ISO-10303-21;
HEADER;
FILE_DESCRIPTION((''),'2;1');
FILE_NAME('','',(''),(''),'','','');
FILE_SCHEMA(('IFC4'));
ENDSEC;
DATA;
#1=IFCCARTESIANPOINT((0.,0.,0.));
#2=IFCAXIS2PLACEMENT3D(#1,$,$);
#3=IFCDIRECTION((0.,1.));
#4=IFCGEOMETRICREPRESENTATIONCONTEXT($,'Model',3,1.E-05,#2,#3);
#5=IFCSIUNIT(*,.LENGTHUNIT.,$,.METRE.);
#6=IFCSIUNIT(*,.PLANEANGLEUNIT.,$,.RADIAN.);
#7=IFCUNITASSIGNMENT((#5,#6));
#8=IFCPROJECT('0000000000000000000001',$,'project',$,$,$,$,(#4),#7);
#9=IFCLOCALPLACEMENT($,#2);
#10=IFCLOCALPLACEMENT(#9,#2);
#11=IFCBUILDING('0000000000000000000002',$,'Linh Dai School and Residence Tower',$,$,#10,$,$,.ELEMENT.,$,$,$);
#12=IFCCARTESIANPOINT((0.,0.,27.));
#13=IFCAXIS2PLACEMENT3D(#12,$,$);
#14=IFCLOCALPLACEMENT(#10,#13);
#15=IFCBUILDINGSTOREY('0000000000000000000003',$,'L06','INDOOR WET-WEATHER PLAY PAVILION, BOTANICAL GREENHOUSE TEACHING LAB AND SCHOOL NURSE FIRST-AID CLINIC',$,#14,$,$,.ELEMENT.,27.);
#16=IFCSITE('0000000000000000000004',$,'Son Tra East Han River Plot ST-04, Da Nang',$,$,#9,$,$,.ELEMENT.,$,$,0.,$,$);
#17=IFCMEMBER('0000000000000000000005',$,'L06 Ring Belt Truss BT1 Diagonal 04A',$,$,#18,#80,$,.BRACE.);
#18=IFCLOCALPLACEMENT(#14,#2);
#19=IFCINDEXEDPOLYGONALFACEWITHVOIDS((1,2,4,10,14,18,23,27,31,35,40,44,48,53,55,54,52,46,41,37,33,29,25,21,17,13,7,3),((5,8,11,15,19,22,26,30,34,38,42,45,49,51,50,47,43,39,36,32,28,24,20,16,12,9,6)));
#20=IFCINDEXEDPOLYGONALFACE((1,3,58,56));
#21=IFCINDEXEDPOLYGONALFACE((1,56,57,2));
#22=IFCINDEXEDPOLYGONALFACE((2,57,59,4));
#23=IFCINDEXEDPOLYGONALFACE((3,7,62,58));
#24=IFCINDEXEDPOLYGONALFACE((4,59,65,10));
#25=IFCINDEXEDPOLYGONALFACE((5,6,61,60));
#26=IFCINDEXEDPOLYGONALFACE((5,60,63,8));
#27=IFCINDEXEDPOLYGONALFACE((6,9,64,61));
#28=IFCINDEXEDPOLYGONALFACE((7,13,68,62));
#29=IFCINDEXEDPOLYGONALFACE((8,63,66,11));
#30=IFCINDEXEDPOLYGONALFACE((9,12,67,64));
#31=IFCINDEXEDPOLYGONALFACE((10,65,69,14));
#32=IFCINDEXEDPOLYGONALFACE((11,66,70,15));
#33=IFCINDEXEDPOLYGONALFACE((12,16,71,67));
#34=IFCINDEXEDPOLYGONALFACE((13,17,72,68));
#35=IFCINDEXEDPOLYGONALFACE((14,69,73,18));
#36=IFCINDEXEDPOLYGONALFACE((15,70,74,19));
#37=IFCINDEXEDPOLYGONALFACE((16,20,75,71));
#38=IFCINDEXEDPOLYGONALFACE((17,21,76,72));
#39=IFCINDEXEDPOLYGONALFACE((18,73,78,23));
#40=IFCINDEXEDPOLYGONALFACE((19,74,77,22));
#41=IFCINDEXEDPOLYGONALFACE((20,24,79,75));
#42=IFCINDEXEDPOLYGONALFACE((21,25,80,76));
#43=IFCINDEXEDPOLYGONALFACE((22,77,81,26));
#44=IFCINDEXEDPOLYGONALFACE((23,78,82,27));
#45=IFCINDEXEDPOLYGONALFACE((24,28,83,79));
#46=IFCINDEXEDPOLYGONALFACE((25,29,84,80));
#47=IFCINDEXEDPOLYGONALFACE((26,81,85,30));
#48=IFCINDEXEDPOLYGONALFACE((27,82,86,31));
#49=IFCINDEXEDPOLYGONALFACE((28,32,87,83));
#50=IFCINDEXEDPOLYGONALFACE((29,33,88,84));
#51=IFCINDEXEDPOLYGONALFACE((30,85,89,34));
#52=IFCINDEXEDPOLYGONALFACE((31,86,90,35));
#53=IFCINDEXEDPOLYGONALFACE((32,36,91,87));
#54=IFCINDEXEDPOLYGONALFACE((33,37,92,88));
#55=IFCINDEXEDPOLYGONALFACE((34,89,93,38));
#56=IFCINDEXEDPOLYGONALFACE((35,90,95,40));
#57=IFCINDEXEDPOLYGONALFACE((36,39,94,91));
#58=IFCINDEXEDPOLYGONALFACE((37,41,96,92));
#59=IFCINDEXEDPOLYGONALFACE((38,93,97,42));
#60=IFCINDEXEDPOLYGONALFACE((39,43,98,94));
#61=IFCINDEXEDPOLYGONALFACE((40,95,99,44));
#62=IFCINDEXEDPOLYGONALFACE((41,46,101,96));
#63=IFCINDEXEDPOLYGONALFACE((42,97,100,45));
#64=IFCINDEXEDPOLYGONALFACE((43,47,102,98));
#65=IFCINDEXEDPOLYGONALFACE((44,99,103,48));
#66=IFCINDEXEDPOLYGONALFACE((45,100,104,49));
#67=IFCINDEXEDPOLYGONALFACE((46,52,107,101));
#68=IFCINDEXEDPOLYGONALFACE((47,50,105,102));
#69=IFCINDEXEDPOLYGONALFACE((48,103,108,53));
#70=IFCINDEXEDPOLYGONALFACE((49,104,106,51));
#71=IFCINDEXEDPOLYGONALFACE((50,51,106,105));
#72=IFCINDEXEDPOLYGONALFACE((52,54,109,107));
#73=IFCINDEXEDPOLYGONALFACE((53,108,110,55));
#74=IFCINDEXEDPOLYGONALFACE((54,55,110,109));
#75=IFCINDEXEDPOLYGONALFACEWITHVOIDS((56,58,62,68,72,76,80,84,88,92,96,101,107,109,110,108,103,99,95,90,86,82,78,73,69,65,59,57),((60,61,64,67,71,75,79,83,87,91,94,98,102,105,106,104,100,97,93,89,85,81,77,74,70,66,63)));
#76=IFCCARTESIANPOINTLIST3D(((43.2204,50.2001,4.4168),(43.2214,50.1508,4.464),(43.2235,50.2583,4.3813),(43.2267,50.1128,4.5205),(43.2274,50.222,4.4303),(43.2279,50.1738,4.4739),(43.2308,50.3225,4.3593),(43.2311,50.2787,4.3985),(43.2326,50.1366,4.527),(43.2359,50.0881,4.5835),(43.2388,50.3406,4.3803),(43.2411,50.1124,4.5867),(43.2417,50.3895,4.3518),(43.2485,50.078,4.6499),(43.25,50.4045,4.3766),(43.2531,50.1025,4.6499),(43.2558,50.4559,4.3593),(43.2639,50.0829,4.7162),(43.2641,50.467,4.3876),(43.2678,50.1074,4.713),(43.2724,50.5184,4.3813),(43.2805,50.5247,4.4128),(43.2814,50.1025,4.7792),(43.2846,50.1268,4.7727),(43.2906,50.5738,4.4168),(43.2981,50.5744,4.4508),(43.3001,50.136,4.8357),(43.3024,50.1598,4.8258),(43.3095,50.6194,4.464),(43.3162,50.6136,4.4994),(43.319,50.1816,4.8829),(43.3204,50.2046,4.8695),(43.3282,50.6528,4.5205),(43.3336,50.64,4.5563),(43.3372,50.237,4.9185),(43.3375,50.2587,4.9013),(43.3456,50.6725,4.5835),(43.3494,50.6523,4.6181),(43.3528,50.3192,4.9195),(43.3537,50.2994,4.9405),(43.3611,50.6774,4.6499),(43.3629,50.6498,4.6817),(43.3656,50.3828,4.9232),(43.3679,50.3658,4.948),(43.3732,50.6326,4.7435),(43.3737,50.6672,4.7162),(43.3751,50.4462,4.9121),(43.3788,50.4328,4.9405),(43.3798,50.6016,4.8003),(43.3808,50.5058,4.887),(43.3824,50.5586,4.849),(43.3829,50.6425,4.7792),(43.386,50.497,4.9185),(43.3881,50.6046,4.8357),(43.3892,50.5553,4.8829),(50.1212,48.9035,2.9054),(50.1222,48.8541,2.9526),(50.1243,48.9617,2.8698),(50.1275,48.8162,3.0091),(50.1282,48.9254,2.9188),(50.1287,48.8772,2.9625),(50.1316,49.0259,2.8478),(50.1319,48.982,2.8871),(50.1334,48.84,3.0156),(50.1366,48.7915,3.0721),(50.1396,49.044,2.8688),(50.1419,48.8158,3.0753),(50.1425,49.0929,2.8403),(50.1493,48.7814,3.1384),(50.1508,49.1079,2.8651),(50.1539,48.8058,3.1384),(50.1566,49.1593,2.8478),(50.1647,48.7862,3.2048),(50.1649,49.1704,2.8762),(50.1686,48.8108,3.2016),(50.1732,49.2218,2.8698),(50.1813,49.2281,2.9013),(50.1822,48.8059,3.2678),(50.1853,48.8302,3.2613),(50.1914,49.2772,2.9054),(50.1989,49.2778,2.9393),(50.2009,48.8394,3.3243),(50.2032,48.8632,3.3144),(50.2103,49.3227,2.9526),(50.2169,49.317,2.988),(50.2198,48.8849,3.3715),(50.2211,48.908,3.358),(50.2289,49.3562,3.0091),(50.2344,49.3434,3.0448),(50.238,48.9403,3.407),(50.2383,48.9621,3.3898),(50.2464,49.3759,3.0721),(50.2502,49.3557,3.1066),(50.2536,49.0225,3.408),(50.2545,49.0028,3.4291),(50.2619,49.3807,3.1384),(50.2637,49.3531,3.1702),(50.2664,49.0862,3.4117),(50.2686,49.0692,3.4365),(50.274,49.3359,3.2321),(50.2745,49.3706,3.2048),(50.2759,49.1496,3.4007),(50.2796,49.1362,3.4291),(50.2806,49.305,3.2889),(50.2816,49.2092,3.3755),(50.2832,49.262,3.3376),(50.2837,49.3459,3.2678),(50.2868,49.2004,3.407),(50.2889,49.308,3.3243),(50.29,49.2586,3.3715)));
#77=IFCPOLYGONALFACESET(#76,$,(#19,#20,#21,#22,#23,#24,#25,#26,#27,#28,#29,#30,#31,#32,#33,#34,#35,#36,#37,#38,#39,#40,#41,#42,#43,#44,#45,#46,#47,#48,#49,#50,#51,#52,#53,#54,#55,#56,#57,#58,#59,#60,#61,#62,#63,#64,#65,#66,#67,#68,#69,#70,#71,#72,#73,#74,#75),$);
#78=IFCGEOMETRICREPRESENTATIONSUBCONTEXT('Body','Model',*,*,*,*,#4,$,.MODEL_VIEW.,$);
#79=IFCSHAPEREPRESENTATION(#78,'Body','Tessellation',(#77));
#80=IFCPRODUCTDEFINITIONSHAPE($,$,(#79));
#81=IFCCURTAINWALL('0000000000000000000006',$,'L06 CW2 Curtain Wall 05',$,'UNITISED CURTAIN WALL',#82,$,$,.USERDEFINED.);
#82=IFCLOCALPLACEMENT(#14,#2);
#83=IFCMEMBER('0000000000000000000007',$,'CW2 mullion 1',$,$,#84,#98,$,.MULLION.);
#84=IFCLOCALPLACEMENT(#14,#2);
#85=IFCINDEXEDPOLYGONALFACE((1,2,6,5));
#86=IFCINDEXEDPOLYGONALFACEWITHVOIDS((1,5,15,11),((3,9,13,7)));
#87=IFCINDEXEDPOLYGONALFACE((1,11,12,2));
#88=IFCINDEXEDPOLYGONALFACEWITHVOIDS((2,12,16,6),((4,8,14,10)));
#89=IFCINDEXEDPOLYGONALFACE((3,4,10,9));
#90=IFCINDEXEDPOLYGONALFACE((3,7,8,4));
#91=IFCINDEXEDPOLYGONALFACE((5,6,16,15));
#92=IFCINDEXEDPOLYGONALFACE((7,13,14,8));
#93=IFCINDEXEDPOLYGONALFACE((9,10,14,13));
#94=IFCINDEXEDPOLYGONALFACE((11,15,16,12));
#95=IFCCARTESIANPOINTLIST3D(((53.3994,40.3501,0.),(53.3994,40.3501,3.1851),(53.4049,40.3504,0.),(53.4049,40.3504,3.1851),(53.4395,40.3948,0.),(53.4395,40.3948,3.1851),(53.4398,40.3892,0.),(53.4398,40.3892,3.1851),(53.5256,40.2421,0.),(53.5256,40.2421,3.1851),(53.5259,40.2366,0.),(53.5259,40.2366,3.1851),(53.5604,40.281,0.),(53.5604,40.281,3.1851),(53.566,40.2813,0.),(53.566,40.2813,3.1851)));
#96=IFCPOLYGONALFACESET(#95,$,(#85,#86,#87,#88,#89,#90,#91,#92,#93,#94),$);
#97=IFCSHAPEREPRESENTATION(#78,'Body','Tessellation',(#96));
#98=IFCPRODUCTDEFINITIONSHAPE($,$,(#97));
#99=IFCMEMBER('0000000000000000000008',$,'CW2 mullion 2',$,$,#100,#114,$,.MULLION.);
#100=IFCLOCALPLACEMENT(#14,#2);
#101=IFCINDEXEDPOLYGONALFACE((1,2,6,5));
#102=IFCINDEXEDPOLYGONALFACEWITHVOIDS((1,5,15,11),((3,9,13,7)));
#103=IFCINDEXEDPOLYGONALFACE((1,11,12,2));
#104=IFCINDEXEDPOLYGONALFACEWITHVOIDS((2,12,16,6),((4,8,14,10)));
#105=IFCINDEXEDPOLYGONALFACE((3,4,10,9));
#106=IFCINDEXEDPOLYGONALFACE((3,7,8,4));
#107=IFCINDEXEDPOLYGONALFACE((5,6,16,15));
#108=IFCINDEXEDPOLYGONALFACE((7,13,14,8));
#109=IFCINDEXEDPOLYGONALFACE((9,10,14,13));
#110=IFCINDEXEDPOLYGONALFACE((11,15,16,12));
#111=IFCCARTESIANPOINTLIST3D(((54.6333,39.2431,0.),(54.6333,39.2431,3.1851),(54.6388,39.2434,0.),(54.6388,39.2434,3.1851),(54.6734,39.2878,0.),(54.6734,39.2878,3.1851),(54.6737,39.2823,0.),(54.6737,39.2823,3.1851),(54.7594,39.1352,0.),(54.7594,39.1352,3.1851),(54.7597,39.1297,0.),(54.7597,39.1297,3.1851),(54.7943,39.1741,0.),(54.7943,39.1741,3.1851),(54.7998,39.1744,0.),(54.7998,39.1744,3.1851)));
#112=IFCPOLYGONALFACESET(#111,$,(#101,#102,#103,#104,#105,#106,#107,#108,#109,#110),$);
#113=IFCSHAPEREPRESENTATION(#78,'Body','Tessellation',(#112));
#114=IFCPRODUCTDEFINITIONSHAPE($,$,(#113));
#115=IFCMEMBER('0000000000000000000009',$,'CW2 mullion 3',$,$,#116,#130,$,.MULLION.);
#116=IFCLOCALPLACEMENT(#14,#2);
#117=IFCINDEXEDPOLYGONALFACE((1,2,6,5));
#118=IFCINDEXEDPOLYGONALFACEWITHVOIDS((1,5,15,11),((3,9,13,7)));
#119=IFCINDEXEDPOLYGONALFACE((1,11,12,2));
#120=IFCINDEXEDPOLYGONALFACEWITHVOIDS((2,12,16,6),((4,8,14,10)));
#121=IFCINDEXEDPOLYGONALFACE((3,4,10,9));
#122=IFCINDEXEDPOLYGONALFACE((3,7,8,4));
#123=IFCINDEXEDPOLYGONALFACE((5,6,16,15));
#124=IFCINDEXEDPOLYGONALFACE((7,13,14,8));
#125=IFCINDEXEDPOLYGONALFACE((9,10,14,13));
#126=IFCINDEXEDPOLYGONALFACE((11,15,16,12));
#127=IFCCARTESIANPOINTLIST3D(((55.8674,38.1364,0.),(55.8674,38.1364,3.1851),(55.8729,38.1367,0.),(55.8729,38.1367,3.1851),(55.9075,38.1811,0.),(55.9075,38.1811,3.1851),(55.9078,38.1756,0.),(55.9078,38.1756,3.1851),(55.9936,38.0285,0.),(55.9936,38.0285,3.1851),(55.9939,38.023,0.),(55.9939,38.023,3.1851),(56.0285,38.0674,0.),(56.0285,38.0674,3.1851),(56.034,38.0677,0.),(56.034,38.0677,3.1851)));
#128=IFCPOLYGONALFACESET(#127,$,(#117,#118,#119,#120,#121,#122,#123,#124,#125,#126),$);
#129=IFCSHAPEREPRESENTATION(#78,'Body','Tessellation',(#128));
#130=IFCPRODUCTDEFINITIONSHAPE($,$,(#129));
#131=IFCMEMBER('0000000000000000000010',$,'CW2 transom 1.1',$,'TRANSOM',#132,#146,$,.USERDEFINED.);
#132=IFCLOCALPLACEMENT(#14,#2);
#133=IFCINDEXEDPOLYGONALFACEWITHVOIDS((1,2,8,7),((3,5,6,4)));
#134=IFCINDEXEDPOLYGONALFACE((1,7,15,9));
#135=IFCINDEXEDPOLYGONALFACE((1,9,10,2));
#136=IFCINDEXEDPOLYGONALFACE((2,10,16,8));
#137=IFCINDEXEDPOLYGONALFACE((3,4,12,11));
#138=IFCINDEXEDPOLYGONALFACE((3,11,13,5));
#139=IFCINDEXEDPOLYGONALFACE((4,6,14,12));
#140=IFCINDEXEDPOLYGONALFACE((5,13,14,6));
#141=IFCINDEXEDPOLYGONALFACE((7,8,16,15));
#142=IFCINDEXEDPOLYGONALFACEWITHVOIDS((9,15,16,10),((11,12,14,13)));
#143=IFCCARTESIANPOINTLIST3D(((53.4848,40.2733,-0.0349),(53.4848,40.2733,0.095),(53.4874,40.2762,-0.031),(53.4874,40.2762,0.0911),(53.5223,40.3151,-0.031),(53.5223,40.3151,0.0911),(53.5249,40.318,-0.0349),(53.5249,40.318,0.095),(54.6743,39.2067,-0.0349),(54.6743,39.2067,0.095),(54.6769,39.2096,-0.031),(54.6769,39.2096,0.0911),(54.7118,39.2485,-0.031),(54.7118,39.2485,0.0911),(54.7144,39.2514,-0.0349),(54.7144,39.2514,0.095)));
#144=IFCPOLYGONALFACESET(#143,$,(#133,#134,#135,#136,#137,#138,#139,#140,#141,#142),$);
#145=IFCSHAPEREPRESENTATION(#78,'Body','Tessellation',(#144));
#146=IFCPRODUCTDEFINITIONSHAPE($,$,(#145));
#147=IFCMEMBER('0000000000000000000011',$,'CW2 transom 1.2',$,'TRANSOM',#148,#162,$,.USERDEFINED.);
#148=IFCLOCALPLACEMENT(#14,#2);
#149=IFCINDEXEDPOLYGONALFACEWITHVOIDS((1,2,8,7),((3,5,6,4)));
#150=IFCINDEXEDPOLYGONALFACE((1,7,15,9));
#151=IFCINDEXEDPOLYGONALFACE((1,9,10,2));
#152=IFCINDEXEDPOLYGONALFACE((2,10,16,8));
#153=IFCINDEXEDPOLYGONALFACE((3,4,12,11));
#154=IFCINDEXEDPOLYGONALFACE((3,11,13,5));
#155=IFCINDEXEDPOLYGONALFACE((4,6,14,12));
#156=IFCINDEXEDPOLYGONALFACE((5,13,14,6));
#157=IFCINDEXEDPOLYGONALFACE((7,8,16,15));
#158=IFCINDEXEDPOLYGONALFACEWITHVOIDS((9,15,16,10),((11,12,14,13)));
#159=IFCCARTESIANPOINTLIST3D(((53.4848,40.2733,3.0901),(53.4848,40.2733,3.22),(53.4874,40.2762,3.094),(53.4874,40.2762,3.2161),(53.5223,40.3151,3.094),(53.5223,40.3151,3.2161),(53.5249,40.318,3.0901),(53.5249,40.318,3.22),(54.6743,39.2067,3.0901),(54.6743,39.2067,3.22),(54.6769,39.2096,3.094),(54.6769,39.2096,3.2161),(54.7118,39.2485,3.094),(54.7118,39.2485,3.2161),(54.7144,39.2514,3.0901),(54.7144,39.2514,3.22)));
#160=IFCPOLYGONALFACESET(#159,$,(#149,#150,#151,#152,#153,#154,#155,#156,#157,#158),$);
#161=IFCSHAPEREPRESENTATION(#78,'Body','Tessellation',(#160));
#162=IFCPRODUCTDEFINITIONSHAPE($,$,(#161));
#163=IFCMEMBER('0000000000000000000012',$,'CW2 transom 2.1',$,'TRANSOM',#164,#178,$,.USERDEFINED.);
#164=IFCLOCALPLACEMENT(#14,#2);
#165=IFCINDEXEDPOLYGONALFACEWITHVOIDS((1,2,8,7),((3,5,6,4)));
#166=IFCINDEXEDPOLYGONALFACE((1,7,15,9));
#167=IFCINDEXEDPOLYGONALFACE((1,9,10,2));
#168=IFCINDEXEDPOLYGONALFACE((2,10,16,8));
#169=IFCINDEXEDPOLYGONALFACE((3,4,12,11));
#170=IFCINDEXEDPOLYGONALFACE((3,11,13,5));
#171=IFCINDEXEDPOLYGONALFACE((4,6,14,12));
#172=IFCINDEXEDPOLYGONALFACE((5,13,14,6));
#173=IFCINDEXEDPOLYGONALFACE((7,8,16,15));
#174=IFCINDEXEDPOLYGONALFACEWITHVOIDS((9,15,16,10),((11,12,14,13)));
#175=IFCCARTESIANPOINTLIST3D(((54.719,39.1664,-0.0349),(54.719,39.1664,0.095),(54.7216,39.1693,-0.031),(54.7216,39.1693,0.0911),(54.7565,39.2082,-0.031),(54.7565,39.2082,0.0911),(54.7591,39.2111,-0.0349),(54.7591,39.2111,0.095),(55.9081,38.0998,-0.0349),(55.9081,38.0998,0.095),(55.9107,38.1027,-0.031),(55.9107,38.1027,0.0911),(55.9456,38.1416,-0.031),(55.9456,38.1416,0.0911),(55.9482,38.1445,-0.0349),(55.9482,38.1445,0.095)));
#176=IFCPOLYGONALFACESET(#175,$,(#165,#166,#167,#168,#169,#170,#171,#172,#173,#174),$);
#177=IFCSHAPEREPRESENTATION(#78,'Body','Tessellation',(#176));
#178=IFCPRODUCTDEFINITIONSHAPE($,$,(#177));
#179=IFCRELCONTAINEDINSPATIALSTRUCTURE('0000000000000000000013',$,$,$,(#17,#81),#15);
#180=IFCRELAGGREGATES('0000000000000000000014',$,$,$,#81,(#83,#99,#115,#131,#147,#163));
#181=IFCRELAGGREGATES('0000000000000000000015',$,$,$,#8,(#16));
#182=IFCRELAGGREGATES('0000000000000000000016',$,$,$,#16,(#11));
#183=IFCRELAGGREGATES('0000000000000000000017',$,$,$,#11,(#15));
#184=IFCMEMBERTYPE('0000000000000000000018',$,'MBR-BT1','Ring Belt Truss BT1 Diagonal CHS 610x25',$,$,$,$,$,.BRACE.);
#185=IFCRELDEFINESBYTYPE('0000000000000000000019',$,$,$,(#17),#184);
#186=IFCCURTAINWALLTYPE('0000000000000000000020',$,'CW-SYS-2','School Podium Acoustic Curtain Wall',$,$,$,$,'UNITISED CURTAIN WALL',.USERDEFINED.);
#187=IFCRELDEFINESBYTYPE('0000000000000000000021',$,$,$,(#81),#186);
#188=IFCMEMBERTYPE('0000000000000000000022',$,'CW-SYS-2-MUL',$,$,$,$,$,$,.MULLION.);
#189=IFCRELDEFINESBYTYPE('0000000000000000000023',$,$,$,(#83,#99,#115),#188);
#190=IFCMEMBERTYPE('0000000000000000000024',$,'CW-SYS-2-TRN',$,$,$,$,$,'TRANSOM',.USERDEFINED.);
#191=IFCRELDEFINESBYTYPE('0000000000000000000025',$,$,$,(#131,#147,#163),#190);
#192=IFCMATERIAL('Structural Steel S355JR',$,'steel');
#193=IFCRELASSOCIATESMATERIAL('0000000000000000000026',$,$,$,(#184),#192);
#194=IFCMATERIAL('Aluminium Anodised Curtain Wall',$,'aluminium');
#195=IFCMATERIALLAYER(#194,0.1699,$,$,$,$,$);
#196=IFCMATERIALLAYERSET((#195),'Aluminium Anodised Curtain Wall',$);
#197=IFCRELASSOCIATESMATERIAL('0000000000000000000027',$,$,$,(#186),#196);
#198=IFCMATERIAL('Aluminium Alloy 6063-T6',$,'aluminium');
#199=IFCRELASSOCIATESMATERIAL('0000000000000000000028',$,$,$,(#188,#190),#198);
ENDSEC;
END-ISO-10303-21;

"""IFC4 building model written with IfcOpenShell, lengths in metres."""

from ifc_helpers import new_model, si_unit, direction, frame, origin, origin_2d, place, context, subcontext, project, spatial, hollow_rectangle, hollow_circle, extrude, source, transform, mapped, material, layer, layer_set, material_profile, profile_set, type_object, element, aggregate, save


model = new_model("IFC4")

# Units and contexts
model_context = context("Model", 3, precision=1e-05, world=origin(), true_north=direction((0.0, 1.0)))
body_context = subcontext(model_context, "Body", "Model", "MODEL_VIEW")
ifc_project = project(units=[si_unit("LENGTHUNIT", "METRE"), si_unit("PLANEANGLEUNIT", "RADIAN")], contexts=[model_context])

# Site, building, storey
site_placement = place(None, origin())
site = spatial("IfcSite", under=ifc_project, at=site_placement, Name="Son Tra East Han River Plot ST-04, Da Nang", CompositionType="ELEMENT", RefElevation=0.0)
building_placement = place(site_placement, origin())
building = spatial("IfcBuilding", under=site, at=building_placement, Name="Linh Dai School and Residence Tower", CompositionType="ELEMENT")
storey_placement = place(building_placement, frame((0.0, 0.0, 27.0)))
storey = spatial("IfcBuildingStorey", under=building, at=storey_placement, Name="L06", Description="INDOOR WET-WEATHER PLAY PAVILION, BOTANICAL GREENHOUSE TEACHING LAB AND SCHOOL NURSE FIRST-AID CLINIC", CompositionType="ELEMENT", Elevation=27.0)

# Shared definitions
ifc_material_1 = material(Name="Structural Steel S355JR", Category="steel")

# Member
ifc_material_profile_1 = material_profile(ifc_material_1, hollow_circle(Radius=0.3049, WallThickness=0.0249, at=origin_2d()), Name="CHS 610x25")
ifc_profile_set_1 = profile_set([ifc_material_profile_1], Name="Structural Steel S355JR")
member_type_1 = type_object("IfcMemberType", Name="MBR-BT1", Description="Ring Belt Truss BT1 Diagonal CHS 610x25", PredefinedType="BRACE", material=ifc_profile_set_1)
member_1_placement = place(storey_placement, frame((50.2056, 49.0811, 3.1384), z_axis=(-0.960794, 0.180527, 0.210439), x_axis=(-0.184662, -0.982802, 0.0)))
element("IfcMember", 1, at=member_1_placement, inside=storey, type_object=member_type_1, Name="L06 Ring Belt Truss BT1 Diagonal 04A", PredefinedType="BRACE", context=body_context, shape_type="SweptSolid", body=[
    extrude(hollow_circle(Radius=0.3049, WallThickness=0.0249, at=origin_2d()), origin(), (0.0, 0.0, 1.0), 7.1824),
])

# Curtain wall, members
ifc_material_2 = material(Name="Aluminium Anodised Curtain Wall", Category="aluminium")
ifc_layer_1 = layer(ifc_material_2, 0.1699)
ifc_layer_set_1 = layer_set([ifc_layer_1], Name="Aluminium Anodised Curtain Wall")
curtain_wall_type = type_object("IfcCurtainWallType", Name="CW-SYS-2", Description="School Podium Acoustic Curtain Wall", ElementType="UNITISED CURTAIN WALL", PredefinedType="USERDEFINED", material=ifc_layer_set_1)
curtain_wall_placement = place(storey_placement, origin())
curtain_wall = element("IfcCurtainWall", 2, at=curtain_wall_placement, inside=storey, type_object=curtain_wall_type, Name="L06 CW2 Curtain Wall 05", ObjectType="UNITISED CURTAIN WALL", PredefinedType="USERDEFINED")
ifc_material_3 = material(Name="Aluminium Alloy 6063-T6", Category="aluminium")
ifc_material_profile_2 = material_profile(ifc_material_3, hollow_rectangle(XDim=0.0601, YDim=0.1699, WallThickness=0.0039, at=origin_2d()), Name="RHS 170x60x4")
ifc_profile_set_2 = profile_set([ifc_material_profile_2], Name="Aluminium Alloy 6063-T6")
member_type_2 = type_object("IfcMemberType", Name="CW-SYS-2-MUL", PredefinedType="MULLION", material=ifc_profile_set_2)
shared_shape_1 = source(origin(), body_context, "Body", "SweptSolid", [
    extrude(hollow_rectangle(XDim=0.0601, YDim=0.1699, WallThickness=0.0039, at=origin_2d()), origin(), (0.0, 0.0, 1.0), 3.1851),
])
member_2_placement = place(storey_placement, frame((53.4827, 40.3157, 0.0), z_axis=(0.0, 0.0, 1.0), x_axis=(0.667731, 0.744403, 0.0)))
member_2 = element("IfcMember", 3, at=member_2_placement, type_object=member_type_2, Name="CW2 mullion 1", PredefinedType="MULLION", context=body_context, shape_type="MappedRepresentation", body=[
    mapped(shared_shape_1, transform((0.0, 0.0, 0.0), x_axis=(1.0, 0.0, 0.0), y_axis=(0.0, 1.0, 0.0), z_axis=(0.0, 0.0, 1.0), scale=1.0)),
])
member_3_placement = place(storey_placement, frame((54.7166, 39.2087, 0.0), z_axis=(0.0, 0.0, 1.0), x_axis=(0.667731, 0.744403, 0.0)))
member_3 = element("IfcMember", 4, at=member_3_placement, type_object=member_type_2, Name="CW2 mullion 2", PredefinedType="MULLION", context=body_context, shape_type="MappedRepresentation", body=[
    mapped(shared_shape_1, transform((0.0, 0.0, 0.0), x_axis=(1.0, 0.0, 0.0), y_axis=(0.0, 1.0, 0.0), z_axis=(0.0, 0.0, 1.0), scale=1.0)),
])
member_4_placement = place(storey_placement, frame((55.9507, 38.1021, 0.0), z_axis=(0.0, 0.0, 1.0), x_axis=(0.667731, 0.744403, 0.0)))
member_4 = element("IfcMember", 5, at=member_4_placement, type_object=member_type_2, Name="CW2 mullion 3", PredefinedType="MULLION", context=body_context, shape_type="MappedRepresentation", body=[
    mapped(shared_shape_1, transform((0.0, 0.0, 0.0), x_axis=(1.0, 0.0, 0.0), y_axis=(0.0, 1.0, 0.0), z_axis=(0.0, 0.0, 1.0), scale=1.0)),
])
ifc_material_profile_3 = material_profile(ifc_material_3, hollow_rectangle(XDim=0.0601, YDim=0.1299, WallThickness=0.0039, at=origin_2d()), Name="RHS 130x60x4")
ifc_profile_set_3 = profile_set([ifc_material_profile_3], Name="Aluminium Alloy 6063-T6")
member_type_3 = type_object("IfcMemberType", Name="CW-SYS-2-TRN", ElementType="TRANSOM", PredefinedType="USERDEFINED", material=ifc_profile_set_3)
shared_shape_2 = source(origin(), body_context, "Body", "SweptSolid", [
    extrude(hollow_rectangle(XDim=0.0601, YDim=0.1299, WallThickness=0.0039, at=origin_2d()), origin(), (0.0, 0.0, 1.0), 1.5977),
])
member_5_placement = place(storey_placement, frame((53.5049, 40.2957, 0.03), z_axis=(0.744493, -0.66763, 0.0), x_axis=(0.66763, 0.744493, 0.0)))
member_5 = element("IfcMember", 6, at=member_5_placement, type_object=member_type_3, Name="CW2 transom 1.1", ObjectType="TRANSOM", PredefinedType="USERDEFINED", context=body_context, shape_type="MappedRepresentation", body=[
    mapped(shared_shape_2, transform((0.0, 0.0, 0.0), x_axis=(1.0, 0.0, 0.0), y_axis=(0.0, 1.0, 0.0), z_axis=(0.0, 0.0, 1.0), scale=1.0)),
])
member_6_placement = place(storey_placement, frame((53.5049, 40.2957, 3.155), z_axis=(0.744493, -0.66763, 0.0), x_axis=(0.66763, 0.744493, 0.0)))
member_6 = element("IfcMember", 7, at=member_6_placement, type_object=member_type_3, Name="CW2 transom 1.2", ObjectType="TRANSOM", PredefinedType="USERDEFINED", context=body_context, shape_type="MappedRepresentation", body=[
    mapped(shared_shape_2, transform((0.0, 0.0, 0.0), x_axis=(1.0, 0.0, 0.0), y_axis=(0.0, 1.0, 0.0), z_axis=(0.0, 0.0, 1.0), scale=1.0)),
])
shared_shape_3 = source(origin(), body_context, "Body", "SweptSolid", [
    extrude(hollow_rectangle(XDim=0.0601, YDim=0.1299, WallThickness=0.0039, at=origin_2d()), origin(), (0.0, 0.0, 1.0), 1.5974),
])
member_7_placement = place(storey_placement, frame((54.739, 39.1887, 0.03), z_axis=(0.744425, -0.667706, 0.0), x_axis=(0.667706, 0.744425, 0.0)))
member_7 = element("IfcMember", 8, at=member_7_placement, type_object=member_type_3, Name="CW2 transom 2.1", ObjectType="TRANSOM", PredefinedType="USERDEFINED", context=body_context, shape_type="MappedRepresentation", body=[
    mapped(shared_shape_3, transform((0.0, 0.0, 0.0), x_axis=(1.0, 0.0, 0.0), y_axis=(0.0, 1.0, 0.0), z_axis=(0.0, 0.0, 1.0), scale=1.0)),
])

aggregate(curtain_wall, [member_2, member_3, member_4, member_5, member_6, member_7])

save(model, "model.ifc")
